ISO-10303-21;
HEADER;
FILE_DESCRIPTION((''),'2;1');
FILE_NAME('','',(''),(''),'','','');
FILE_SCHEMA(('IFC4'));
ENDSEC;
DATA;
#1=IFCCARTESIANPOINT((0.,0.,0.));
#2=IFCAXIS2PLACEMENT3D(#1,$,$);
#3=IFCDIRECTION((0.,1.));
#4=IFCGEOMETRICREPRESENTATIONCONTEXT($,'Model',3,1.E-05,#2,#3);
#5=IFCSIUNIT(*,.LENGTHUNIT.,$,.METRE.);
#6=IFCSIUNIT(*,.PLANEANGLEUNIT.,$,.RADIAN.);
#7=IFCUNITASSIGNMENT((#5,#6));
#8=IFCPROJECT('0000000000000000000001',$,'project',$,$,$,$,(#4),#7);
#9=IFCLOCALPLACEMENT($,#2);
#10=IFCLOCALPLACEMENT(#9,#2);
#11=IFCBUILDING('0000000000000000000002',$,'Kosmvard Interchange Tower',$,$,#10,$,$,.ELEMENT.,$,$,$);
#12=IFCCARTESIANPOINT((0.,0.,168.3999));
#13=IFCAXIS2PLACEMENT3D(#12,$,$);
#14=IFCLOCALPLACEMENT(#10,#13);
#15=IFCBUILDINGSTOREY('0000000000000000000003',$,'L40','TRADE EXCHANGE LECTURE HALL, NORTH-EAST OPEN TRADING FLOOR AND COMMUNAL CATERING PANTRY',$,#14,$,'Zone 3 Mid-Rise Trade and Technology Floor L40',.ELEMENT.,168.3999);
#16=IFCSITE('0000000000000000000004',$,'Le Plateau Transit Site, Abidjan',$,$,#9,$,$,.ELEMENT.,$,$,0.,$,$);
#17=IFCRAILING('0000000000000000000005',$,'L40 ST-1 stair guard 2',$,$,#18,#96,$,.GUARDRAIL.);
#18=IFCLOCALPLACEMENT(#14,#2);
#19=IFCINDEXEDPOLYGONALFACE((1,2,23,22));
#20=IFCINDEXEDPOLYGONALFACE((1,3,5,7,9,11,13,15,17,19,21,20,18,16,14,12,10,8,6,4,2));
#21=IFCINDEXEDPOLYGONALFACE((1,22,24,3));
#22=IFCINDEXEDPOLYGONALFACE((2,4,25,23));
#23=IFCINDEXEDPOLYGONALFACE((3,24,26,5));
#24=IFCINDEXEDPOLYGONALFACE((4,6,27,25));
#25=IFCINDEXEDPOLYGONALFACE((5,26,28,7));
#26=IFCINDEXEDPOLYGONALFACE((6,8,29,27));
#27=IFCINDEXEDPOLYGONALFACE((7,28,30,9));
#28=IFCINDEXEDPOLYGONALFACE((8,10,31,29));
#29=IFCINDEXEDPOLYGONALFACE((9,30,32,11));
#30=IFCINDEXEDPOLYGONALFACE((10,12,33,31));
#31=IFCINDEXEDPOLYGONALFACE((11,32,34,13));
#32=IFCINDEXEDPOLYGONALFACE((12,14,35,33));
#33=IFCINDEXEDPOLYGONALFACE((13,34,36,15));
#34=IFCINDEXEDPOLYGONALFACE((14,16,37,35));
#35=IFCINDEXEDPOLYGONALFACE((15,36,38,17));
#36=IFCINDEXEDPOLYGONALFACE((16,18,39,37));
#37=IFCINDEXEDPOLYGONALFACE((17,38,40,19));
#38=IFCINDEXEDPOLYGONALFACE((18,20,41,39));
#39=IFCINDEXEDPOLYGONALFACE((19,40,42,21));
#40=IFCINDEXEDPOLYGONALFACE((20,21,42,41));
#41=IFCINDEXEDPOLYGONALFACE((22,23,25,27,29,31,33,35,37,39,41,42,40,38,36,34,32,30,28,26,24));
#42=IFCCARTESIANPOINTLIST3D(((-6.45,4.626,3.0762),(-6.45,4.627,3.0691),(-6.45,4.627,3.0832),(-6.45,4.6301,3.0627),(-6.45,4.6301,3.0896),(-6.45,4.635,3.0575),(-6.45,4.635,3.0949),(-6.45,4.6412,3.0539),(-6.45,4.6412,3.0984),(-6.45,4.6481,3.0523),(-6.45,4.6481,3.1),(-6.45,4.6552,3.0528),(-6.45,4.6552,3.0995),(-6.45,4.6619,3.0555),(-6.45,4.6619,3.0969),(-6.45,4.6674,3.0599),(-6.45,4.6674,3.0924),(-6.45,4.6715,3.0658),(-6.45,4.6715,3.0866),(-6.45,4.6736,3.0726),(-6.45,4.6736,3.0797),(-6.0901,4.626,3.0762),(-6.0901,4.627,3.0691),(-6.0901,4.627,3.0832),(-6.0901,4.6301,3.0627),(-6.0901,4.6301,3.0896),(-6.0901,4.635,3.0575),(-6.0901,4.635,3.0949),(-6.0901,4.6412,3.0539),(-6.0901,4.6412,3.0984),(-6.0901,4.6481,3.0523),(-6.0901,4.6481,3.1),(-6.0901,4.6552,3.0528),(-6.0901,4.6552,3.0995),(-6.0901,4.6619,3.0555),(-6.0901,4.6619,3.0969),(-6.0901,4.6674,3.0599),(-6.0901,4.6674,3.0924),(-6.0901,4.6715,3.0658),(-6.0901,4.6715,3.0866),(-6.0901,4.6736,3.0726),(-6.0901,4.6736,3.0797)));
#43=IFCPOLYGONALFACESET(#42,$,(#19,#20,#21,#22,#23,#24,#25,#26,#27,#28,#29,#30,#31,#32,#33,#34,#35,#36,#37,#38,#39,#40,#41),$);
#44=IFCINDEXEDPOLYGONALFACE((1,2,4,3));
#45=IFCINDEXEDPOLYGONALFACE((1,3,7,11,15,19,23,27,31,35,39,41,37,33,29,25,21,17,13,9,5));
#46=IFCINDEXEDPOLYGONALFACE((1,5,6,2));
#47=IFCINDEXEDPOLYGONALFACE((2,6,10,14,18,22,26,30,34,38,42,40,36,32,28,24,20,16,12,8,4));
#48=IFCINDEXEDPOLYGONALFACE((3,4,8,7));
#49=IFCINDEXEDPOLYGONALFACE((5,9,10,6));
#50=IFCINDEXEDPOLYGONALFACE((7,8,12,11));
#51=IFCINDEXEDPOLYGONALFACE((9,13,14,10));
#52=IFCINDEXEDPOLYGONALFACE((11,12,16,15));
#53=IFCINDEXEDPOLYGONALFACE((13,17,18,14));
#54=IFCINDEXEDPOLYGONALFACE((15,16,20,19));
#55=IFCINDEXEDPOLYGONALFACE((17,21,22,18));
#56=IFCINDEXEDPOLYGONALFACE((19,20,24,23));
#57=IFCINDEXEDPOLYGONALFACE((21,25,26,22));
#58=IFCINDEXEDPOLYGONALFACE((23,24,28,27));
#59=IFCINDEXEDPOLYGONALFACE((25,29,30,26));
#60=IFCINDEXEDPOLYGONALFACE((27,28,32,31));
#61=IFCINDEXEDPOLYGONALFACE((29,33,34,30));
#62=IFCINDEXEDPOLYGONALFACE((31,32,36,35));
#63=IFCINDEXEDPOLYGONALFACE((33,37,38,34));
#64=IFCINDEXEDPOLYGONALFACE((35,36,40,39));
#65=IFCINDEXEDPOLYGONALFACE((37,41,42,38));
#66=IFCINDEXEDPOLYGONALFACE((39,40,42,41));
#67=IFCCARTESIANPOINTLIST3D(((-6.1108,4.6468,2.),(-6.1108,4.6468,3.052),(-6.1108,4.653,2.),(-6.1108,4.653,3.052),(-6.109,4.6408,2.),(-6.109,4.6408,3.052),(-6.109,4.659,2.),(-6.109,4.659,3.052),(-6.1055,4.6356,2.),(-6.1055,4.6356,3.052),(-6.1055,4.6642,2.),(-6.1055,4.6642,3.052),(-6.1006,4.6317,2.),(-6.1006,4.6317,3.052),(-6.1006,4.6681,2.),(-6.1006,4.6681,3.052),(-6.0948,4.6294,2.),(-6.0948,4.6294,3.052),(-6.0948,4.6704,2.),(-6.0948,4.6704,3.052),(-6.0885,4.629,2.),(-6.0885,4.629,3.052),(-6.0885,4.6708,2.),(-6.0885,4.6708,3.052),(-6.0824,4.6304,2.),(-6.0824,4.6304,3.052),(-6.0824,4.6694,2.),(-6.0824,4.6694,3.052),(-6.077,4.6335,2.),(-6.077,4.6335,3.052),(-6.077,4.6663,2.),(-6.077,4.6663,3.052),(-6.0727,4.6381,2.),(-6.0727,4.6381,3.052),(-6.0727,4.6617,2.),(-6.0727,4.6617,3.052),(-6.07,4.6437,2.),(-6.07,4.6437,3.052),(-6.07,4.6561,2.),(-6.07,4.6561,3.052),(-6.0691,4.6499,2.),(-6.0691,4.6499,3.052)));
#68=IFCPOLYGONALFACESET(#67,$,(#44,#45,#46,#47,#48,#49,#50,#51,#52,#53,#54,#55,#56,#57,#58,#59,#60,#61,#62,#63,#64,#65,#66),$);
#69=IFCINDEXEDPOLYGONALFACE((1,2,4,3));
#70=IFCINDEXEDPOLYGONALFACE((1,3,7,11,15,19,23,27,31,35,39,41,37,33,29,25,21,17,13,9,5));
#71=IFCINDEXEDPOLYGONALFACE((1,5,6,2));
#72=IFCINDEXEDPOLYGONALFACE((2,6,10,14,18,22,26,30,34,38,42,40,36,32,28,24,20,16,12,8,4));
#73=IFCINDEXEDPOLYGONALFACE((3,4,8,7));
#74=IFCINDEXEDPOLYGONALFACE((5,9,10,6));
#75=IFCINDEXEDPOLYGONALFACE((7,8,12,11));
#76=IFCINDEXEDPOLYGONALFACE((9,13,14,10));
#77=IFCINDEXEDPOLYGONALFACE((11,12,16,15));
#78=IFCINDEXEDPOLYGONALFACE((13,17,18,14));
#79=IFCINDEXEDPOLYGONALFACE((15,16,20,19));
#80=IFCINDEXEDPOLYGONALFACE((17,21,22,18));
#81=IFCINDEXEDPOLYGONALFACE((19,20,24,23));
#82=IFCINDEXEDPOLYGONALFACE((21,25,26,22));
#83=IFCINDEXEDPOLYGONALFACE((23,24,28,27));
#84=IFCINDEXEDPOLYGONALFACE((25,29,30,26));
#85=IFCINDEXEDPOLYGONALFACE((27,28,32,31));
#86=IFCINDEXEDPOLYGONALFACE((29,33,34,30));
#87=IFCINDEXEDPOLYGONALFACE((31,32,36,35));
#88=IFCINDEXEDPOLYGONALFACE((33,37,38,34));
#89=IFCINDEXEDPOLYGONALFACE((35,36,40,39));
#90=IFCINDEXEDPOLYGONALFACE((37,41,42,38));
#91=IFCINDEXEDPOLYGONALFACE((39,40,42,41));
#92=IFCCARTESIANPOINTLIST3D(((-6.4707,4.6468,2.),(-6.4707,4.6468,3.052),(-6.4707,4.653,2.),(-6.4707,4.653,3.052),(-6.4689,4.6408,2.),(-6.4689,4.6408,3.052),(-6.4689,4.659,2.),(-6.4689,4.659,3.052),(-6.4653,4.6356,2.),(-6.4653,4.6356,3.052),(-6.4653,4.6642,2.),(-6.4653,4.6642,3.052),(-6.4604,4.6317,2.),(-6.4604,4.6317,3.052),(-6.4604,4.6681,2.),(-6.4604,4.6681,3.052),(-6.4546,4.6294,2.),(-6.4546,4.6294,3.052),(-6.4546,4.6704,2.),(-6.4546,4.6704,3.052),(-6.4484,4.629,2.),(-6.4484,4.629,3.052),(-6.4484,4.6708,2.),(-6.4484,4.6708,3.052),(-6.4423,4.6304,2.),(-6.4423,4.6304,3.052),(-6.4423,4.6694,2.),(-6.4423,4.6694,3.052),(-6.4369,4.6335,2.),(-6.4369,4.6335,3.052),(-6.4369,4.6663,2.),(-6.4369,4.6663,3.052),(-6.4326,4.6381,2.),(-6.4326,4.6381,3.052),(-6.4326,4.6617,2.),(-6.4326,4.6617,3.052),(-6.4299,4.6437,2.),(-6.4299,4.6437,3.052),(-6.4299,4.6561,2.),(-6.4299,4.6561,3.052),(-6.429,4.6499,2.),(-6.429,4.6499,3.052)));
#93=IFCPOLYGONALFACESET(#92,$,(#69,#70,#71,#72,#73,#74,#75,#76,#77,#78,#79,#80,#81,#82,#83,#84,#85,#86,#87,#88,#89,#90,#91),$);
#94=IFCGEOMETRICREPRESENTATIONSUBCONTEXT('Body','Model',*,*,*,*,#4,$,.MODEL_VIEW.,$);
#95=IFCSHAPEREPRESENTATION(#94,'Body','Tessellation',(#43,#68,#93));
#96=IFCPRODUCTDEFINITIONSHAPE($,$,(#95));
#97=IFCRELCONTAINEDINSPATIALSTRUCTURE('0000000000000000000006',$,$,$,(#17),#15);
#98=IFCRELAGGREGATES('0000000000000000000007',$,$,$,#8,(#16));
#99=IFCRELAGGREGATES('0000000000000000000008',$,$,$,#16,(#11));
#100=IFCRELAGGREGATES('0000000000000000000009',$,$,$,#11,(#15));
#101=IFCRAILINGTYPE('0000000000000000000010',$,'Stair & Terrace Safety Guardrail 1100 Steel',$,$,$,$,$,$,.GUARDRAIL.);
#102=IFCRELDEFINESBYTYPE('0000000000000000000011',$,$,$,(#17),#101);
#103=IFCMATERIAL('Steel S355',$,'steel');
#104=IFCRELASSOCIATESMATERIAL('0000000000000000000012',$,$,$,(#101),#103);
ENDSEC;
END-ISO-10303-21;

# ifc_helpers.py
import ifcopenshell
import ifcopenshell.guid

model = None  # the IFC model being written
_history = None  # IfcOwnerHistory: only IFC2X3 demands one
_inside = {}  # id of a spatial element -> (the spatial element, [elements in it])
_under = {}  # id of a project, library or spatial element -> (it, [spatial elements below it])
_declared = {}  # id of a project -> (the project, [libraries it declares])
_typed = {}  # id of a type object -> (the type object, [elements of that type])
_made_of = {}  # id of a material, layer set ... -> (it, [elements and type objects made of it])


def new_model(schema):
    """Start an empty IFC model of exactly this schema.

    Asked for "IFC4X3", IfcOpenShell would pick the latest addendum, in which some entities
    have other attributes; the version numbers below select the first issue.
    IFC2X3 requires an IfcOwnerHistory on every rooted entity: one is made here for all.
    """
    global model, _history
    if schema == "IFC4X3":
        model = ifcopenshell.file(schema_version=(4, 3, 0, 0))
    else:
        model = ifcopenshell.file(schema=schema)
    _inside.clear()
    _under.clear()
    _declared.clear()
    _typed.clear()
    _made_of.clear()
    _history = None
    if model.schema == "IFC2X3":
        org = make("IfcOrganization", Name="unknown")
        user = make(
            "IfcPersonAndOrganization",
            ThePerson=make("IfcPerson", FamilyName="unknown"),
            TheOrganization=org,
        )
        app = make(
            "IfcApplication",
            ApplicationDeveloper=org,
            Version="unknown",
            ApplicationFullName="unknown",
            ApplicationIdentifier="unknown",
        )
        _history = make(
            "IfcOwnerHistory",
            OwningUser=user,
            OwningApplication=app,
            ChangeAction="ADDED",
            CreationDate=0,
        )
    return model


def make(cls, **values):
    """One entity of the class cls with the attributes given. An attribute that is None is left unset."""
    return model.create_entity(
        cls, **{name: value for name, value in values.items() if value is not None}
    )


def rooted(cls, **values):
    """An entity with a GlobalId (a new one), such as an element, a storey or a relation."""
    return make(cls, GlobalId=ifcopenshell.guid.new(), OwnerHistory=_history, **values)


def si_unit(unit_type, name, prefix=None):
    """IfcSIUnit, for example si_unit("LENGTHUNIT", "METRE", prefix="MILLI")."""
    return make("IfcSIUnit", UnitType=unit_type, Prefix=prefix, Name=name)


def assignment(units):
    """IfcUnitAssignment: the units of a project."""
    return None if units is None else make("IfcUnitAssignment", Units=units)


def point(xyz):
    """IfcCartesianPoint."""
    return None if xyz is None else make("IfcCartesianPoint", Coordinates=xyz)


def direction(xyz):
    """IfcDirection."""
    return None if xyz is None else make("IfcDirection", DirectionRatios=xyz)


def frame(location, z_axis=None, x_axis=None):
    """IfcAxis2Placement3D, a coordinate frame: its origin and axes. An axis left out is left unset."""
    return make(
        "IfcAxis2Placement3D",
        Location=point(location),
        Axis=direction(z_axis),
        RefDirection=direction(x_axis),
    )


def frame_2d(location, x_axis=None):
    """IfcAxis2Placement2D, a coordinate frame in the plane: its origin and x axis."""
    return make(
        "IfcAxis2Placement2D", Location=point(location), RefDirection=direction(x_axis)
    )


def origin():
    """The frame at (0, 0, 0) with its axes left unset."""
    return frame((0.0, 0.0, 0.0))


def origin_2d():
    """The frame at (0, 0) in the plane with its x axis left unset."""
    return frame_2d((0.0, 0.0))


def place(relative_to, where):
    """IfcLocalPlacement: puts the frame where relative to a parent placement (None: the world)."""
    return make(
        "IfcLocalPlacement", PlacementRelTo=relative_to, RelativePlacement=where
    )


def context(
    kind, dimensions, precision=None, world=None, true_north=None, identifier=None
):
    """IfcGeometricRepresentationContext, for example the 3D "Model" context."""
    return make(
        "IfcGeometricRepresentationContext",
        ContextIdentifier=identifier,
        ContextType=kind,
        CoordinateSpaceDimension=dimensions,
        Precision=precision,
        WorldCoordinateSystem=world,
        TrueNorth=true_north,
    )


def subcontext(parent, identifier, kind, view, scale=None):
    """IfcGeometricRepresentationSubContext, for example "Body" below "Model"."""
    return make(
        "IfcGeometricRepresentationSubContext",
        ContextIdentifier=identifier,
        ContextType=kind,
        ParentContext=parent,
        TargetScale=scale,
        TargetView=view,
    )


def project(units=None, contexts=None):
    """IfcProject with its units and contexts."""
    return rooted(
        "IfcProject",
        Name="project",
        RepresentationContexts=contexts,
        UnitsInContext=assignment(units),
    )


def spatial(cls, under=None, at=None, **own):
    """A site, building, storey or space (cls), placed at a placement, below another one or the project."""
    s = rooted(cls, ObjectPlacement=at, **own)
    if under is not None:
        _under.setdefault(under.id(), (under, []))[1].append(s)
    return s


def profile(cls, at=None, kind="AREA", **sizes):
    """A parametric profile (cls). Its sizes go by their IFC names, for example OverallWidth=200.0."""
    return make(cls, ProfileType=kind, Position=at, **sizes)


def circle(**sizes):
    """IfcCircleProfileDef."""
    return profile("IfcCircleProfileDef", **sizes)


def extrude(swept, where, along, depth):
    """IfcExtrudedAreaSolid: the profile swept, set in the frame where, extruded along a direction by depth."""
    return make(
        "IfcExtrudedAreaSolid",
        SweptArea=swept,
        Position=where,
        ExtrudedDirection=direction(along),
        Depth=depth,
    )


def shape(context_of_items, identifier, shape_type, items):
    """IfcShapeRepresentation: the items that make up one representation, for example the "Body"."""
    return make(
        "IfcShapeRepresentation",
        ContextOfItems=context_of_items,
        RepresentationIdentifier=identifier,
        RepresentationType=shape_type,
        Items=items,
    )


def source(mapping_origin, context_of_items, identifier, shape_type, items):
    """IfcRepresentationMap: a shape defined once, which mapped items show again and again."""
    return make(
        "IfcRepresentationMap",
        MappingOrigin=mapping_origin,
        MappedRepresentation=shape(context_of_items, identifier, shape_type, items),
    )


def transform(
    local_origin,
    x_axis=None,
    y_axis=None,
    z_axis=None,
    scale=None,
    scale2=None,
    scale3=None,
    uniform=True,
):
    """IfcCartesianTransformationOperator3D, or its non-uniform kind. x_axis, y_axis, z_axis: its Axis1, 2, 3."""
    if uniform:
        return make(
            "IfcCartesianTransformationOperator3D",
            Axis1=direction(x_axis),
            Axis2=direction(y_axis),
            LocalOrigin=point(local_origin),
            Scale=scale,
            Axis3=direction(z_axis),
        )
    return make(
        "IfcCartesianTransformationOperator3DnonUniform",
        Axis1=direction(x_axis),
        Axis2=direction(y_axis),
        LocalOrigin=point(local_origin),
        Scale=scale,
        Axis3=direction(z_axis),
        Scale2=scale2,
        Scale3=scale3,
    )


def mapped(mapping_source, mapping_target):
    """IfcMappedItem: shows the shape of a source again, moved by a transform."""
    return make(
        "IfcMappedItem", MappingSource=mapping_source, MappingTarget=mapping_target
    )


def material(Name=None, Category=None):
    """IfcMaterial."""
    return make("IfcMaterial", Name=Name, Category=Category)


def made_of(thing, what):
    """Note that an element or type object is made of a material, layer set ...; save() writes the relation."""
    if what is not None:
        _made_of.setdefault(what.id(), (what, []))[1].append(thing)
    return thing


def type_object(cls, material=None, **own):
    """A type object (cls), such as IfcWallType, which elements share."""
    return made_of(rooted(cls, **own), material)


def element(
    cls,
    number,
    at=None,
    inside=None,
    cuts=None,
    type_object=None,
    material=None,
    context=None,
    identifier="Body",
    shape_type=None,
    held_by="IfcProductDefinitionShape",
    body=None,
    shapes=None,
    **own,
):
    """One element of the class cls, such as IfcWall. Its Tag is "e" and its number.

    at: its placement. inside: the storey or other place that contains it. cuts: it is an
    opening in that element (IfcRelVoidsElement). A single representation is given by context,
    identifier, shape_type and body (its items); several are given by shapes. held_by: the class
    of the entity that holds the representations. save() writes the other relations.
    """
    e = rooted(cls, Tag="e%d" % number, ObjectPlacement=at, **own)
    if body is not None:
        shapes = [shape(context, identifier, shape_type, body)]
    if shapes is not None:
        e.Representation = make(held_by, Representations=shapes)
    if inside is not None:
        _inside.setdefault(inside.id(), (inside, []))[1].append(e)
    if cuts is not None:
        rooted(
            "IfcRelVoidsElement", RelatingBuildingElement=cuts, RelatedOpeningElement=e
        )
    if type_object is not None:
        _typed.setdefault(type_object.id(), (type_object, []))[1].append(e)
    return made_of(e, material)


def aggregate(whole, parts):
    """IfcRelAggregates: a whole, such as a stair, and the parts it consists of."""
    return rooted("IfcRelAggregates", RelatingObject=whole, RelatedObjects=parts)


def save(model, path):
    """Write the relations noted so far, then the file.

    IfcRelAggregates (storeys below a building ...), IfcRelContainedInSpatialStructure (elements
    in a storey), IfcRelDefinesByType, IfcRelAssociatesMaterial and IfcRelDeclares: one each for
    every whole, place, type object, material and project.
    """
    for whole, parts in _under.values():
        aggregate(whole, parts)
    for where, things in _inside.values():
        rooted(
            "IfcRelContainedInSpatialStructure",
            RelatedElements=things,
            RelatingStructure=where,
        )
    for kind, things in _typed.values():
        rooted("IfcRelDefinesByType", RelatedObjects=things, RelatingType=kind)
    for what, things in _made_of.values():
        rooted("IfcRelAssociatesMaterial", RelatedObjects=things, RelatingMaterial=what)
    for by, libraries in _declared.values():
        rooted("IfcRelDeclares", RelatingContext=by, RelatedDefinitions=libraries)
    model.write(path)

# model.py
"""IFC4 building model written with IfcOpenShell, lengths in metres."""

from ifc_helpers import new_model, si_unit, direction, frame, origin, origin_2d, place, context, subcontext, project, spatial, circle, extrude, source, transform, mapped, material, type_object, element, save


model = new_model("IFC4")

# Units and contexts
model_context = context("Model", 3, precision=1e-05, world=origin(), true_north=direction((0.0, 1.0)))
body_context = subcontext(model_context, "Body", "Model", "MODEL_VIEW")
ifc_project = project(units=[si_unit("LENGTHUNIT", "METRE"), si_unit("PLANEANGLEUNIT", "RADIAN")], contexts=[model_context])

# Site, building, storey
site_placement = place(None, origin())
site = spatial("IfcSite", under=ifc_project, at=site_placement, Name="Le Plateau Transit Site, Abidjan", CompositionType="ELEMENT", RefElevation=0.0)
building_placement = place(site_placement, origin())
building = spatial("IfcBuilding", under=site, at=building_placement, Name="Kosmvard Interchange Tower", CompositionType="ELEMENT")
storey_placement = place(building_placement, frame((0.0, 0.0, 168.3999)))
storey = spatial("IfcBuildingStorey", under=building, at=storey_placement, Name="L40", Description="TRADE EXCHANGE LECTURE HALL, NORTH-EAST OPEN TRADING FLOOR AND COMMUNAL CATERING PANTRY", LongName="Zone 3 Mid-Rise Trade and Technology Floor L40", CompositionType="ELEMENT", Elevation=168.3999)

# Railing
ifc_material_1 = material(Name="Steel S355", Category="steel")
railing_type_1 = type_object("IfcRailingType", Name="Stair & Terrace Safety Guardrail 1100 Steel", PredefinedType="GUARDRAIL", material=ifc_material_1)
shared_shape_1 = source(origin(), body_context, "Body", "SweptSolid", [
    extrude(circle(Radius=0.0239, at=origin_2d()), frame((0.0, 0.0, 1.0762), z_axis=(-1.0, 0.0, 0.0), x_axis=(0.0, -1.0, 0.0)), (0.0, 0.0, 1.0), 0.3599),
    extrude(circle(Radius=0.021, at=origin_2d()), origin(), (0.0, 0.0, 1.0), 1.052),
    extrude(circle(Radius=0.021, at=origin_2d()), frame((-0.3599, 0.0, 0.0)), (0.0, 0.0, 1.0), 1.052),
])
railing_1_placement = place(storey_placement, frame((-6.0901, 4.6499, 2.0)))
element("IfcRailing", 1, at=railing_1_placement, inside=storey, type_object=railing_type_1, Name="L40 ST-1 stair guard 2", PredefinedType="GUARDRAIL", context=body_context, shape_type="MappedRepresentation", body=[
    mapped(shared_shape_1, transform((0.0, 0.0, 0.0), scale=1.0)),
])

save(model, "model.ifc")
